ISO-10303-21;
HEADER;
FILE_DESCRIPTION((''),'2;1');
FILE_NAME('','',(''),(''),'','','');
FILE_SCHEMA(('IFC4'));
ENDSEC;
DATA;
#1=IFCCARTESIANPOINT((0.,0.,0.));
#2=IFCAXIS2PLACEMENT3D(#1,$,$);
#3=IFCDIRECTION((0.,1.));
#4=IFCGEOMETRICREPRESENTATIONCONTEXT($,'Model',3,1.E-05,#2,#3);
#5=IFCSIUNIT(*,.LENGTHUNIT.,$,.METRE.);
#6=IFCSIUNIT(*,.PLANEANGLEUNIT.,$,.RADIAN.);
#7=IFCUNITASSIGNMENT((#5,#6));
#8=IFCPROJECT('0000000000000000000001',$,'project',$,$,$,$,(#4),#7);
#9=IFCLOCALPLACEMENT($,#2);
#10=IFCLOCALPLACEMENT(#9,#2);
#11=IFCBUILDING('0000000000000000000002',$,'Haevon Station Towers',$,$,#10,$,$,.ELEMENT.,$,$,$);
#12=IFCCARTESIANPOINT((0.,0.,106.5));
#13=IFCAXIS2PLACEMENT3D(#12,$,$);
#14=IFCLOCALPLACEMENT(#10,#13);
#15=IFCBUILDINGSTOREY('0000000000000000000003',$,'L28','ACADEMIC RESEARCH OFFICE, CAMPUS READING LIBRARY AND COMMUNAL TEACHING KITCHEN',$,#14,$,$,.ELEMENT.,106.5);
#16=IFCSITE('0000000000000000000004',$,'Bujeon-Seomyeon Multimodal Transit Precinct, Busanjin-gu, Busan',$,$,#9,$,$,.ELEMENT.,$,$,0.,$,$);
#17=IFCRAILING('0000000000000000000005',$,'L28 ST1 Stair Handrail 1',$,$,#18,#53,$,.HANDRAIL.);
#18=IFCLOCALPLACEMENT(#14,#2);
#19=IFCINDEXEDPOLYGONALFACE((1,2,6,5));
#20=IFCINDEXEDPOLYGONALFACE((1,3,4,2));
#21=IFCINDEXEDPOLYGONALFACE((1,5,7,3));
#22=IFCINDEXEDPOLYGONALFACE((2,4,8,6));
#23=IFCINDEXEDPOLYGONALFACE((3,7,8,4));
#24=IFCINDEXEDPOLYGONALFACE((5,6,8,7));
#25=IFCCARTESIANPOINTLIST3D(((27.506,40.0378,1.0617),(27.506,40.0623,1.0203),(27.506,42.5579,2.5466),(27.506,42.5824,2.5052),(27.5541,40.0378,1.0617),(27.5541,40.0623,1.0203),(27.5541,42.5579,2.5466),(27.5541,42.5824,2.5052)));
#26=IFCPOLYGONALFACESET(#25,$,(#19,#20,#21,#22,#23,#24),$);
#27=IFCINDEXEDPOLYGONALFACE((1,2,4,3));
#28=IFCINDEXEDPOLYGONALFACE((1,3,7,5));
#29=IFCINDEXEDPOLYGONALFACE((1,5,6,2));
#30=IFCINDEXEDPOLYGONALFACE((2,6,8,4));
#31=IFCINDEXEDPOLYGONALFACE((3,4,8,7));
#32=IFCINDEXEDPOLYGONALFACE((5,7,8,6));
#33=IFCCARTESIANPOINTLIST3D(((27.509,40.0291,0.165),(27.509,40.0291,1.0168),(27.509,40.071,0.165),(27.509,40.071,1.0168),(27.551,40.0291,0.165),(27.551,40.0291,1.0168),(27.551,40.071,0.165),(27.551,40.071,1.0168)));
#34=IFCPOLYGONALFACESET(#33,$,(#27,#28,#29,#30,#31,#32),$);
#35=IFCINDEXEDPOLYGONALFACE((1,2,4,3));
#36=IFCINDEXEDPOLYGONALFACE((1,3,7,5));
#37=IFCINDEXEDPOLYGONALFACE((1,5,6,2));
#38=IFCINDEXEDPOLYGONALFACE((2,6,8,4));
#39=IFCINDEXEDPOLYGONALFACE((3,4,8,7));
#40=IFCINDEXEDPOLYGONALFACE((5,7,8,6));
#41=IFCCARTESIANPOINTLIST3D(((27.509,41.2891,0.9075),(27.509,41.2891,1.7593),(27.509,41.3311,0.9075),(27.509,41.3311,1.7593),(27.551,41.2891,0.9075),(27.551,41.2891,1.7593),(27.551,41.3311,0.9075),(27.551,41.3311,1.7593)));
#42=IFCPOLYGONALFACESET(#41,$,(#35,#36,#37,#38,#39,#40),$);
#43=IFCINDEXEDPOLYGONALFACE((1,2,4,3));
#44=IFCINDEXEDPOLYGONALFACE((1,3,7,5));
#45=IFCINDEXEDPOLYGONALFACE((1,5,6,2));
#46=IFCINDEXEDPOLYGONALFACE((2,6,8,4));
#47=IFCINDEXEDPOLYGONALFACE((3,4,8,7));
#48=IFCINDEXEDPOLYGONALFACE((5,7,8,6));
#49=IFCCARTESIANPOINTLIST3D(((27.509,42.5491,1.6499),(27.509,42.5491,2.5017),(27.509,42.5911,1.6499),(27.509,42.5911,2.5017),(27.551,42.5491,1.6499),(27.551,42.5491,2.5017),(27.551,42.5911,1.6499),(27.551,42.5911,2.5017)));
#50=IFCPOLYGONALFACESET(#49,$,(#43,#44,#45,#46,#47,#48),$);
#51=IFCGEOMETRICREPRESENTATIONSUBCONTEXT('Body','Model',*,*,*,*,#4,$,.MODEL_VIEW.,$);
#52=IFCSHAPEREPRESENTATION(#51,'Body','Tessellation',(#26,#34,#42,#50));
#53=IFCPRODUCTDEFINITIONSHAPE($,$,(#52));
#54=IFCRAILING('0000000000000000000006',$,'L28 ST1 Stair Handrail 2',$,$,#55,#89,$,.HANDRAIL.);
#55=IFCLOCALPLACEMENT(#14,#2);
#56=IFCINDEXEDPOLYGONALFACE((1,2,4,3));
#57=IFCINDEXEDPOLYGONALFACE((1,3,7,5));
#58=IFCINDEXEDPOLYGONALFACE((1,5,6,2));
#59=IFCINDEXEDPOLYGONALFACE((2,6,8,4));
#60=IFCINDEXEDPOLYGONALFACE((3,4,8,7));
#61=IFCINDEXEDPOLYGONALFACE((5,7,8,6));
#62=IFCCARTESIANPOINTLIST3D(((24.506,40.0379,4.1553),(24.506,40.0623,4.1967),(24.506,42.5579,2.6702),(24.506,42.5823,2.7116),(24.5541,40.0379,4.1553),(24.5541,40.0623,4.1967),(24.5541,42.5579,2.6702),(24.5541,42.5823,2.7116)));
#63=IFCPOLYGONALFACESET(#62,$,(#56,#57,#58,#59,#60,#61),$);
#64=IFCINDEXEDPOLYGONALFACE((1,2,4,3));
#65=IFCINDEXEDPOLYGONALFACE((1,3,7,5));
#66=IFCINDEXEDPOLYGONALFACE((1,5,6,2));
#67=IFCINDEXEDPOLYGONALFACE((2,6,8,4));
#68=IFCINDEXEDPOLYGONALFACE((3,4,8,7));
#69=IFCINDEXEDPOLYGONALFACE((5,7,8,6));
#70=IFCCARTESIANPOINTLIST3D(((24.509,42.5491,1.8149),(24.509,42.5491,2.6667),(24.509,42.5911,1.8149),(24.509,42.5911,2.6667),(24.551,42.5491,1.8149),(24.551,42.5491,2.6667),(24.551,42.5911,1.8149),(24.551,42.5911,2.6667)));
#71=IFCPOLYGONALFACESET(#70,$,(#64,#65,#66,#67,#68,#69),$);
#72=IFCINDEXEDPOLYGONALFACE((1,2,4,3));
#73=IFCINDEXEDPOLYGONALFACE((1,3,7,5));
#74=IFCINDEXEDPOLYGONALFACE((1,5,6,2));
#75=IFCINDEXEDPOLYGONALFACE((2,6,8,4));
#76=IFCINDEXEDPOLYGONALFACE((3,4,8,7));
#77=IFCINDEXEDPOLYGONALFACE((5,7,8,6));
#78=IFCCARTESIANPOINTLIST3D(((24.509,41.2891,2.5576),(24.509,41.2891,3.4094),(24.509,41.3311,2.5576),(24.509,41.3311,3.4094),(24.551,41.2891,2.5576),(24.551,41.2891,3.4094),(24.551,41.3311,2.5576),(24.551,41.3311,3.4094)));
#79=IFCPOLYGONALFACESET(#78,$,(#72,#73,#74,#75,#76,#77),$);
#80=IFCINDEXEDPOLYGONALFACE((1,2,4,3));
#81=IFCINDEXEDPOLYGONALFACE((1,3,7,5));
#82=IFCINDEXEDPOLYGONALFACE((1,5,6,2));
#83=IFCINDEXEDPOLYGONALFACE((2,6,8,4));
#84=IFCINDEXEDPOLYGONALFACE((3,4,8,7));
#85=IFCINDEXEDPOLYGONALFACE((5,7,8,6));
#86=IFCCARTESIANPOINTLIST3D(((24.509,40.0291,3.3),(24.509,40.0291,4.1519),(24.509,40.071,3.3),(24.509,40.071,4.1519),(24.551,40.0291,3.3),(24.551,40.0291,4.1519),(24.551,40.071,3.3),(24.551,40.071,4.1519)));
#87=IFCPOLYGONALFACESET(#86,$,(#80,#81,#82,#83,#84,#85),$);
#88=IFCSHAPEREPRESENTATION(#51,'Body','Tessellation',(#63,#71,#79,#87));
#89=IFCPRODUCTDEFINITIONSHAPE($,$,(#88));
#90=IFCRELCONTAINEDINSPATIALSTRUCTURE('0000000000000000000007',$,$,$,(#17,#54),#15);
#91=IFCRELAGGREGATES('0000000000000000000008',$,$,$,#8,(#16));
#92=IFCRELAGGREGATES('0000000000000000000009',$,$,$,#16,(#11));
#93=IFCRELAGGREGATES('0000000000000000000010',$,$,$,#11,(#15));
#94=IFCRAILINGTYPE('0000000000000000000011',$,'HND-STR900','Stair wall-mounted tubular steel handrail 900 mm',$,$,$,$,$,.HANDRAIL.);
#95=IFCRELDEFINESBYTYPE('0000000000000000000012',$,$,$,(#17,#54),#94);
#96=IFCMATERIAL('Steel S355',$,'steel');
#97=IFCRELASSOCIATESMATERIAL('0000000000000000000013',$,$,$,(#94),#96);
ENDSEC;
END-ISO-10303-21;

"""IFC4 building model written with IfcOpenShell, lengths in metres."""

from ifc_helpers import new_model, si_unit, direction, frame, origin, origin_2d, place, context, subcontext, project, spatial, rectangle, extrude, material, type_object, element, save


model = new_model("IFC4")

# Units and contexts
model_context = context("Model", 3, precision=1e-05, world=origin(), true_north=direction((0.0, 1.0)))
body_context = subcontext(model_context, "Body", "Model", "MODEL_VIEW")
ifc_project = project(units=[si_unit("LENGTHUNIT", "METRE"), si_unit("PLANEANGLEUNIT", "RADIAN")], contexts=[model_context])

# Site, building, storey
site_placement = place(None, origin())
site = spatial("IfcSite", under=ifc_project, at=site_placement, Name="Bujeon-Seomyeon Multimodal Transit Precinct, Busanjin-gu, Busan", CompositionType="ELEMENT", RefElevation=0.0)
building_placement = place(site_placement, origin())
building = spatial("IfcBuilding", under=site, at=building_placement, Name="Haevon Station Towers", CompositionType="ELEMENT")
storey_placement = place(building_placement, frame((0.0, 0.0, 106.5)))
storey = spatial("IfcBuildingStorey", under=building, at=storey_placement, Name="L28", Description="ACADEMIC RESEARCH OFFICE, CAMPUS READING LIBRARY AND COMMUNAL TEACHING KITCHEN", CompositionType="ELEMENT", Elevation=106.5)

# Shared definitions
ifc_material_1 = material(Name="Steel S355", Category="steel")

# Railings
railing_type_1 = type_object("IfcRailingType", Name="HND-STR900", Description="Stair wall-mounted tubular steel handrail 900 mm", PredefinedType="HANDRAIL", material=ifc_material_1)
railing_1_placement = place(storey_placement, frame((27.53, 40.05, 0.165)))
element("IfcRailing", 1, at=railing_1_placement, inside=storey, type_object=railing_type_1, Name="L28 ST1 Stair Handrail 1", PredefinedType="HANDRAIL", context=body_context, shape_type="SweptSolid", body=[
    extrude(rectangle(XDim=0.0481, YDim=0.0481, at=origin_2d()), frame((0.0, 0.0, 0.876), z_axis=(0.0, 0.861561, 0.507655), x_axis=(-1.0, 0.0, 0.0)), (0.0, 0.0, 1.0), 2.925),
    extrude(rectangle(XDim=0.042, YDim=0.042, at=origin_2d()), origin(), (0.0, 0.0, 1.0), 0.8518),
    extrude(rectangle(XDim=0.042, YDim=0.042, at=origin_2d()), frame((0.0, 1.26, 0.7424)), (0.0, 0.0, 1.0), 0.8518),
    extrude(rectangle(XDim=0.042, YDim=0.042, at=origin_2d()), frame((0.0, 2.52, 1.4849)), (0.0, 0.0, 1.0), 0.8518),
])
railing_2_placement = place(storey_placement, frame((24.53, 42.5701, 1.8149)))
element("IfcRailing", 2, at=railing_2_placement, inside=storey, type_object=railing_type_1, Name="L28 ST1 Stair Handrail 2", PredefinedType="HANDRAIL", context=body_context, shape_type="SweptSolid", body=[
    extrude(rectangle(XDim=0.0481, YDim=0.0481, at=origin_2d()), frame((0.0, 0.0, 0.876), z_axis=(0.0, -0.861524, 0.507717), x_axis=(1.0, 0.0, 0.0)), (0.0, 0.0, 1.0), 2.925),
    extrude(rectangle(XDim=0.042, YDim=0.042, at=origin_2d()), origin(), (0.0, 0.0, 1.0), 0.8518),
    extrude(rectangle(XDim=0.042, YDim=0.042, at=origin_2d()), frame((0.0, -1.26, 0.7427)), (0.0, 0.0, 1.0), 0.8518),
    extrude(rectangle(XDim=0.042, YDim=0.042, at=origin_2d()), frame((0.0, -2.52, 1.4851)), (0.0, 0.0, 1.0), 0.8518),
])

save(model, "model.ifc")
